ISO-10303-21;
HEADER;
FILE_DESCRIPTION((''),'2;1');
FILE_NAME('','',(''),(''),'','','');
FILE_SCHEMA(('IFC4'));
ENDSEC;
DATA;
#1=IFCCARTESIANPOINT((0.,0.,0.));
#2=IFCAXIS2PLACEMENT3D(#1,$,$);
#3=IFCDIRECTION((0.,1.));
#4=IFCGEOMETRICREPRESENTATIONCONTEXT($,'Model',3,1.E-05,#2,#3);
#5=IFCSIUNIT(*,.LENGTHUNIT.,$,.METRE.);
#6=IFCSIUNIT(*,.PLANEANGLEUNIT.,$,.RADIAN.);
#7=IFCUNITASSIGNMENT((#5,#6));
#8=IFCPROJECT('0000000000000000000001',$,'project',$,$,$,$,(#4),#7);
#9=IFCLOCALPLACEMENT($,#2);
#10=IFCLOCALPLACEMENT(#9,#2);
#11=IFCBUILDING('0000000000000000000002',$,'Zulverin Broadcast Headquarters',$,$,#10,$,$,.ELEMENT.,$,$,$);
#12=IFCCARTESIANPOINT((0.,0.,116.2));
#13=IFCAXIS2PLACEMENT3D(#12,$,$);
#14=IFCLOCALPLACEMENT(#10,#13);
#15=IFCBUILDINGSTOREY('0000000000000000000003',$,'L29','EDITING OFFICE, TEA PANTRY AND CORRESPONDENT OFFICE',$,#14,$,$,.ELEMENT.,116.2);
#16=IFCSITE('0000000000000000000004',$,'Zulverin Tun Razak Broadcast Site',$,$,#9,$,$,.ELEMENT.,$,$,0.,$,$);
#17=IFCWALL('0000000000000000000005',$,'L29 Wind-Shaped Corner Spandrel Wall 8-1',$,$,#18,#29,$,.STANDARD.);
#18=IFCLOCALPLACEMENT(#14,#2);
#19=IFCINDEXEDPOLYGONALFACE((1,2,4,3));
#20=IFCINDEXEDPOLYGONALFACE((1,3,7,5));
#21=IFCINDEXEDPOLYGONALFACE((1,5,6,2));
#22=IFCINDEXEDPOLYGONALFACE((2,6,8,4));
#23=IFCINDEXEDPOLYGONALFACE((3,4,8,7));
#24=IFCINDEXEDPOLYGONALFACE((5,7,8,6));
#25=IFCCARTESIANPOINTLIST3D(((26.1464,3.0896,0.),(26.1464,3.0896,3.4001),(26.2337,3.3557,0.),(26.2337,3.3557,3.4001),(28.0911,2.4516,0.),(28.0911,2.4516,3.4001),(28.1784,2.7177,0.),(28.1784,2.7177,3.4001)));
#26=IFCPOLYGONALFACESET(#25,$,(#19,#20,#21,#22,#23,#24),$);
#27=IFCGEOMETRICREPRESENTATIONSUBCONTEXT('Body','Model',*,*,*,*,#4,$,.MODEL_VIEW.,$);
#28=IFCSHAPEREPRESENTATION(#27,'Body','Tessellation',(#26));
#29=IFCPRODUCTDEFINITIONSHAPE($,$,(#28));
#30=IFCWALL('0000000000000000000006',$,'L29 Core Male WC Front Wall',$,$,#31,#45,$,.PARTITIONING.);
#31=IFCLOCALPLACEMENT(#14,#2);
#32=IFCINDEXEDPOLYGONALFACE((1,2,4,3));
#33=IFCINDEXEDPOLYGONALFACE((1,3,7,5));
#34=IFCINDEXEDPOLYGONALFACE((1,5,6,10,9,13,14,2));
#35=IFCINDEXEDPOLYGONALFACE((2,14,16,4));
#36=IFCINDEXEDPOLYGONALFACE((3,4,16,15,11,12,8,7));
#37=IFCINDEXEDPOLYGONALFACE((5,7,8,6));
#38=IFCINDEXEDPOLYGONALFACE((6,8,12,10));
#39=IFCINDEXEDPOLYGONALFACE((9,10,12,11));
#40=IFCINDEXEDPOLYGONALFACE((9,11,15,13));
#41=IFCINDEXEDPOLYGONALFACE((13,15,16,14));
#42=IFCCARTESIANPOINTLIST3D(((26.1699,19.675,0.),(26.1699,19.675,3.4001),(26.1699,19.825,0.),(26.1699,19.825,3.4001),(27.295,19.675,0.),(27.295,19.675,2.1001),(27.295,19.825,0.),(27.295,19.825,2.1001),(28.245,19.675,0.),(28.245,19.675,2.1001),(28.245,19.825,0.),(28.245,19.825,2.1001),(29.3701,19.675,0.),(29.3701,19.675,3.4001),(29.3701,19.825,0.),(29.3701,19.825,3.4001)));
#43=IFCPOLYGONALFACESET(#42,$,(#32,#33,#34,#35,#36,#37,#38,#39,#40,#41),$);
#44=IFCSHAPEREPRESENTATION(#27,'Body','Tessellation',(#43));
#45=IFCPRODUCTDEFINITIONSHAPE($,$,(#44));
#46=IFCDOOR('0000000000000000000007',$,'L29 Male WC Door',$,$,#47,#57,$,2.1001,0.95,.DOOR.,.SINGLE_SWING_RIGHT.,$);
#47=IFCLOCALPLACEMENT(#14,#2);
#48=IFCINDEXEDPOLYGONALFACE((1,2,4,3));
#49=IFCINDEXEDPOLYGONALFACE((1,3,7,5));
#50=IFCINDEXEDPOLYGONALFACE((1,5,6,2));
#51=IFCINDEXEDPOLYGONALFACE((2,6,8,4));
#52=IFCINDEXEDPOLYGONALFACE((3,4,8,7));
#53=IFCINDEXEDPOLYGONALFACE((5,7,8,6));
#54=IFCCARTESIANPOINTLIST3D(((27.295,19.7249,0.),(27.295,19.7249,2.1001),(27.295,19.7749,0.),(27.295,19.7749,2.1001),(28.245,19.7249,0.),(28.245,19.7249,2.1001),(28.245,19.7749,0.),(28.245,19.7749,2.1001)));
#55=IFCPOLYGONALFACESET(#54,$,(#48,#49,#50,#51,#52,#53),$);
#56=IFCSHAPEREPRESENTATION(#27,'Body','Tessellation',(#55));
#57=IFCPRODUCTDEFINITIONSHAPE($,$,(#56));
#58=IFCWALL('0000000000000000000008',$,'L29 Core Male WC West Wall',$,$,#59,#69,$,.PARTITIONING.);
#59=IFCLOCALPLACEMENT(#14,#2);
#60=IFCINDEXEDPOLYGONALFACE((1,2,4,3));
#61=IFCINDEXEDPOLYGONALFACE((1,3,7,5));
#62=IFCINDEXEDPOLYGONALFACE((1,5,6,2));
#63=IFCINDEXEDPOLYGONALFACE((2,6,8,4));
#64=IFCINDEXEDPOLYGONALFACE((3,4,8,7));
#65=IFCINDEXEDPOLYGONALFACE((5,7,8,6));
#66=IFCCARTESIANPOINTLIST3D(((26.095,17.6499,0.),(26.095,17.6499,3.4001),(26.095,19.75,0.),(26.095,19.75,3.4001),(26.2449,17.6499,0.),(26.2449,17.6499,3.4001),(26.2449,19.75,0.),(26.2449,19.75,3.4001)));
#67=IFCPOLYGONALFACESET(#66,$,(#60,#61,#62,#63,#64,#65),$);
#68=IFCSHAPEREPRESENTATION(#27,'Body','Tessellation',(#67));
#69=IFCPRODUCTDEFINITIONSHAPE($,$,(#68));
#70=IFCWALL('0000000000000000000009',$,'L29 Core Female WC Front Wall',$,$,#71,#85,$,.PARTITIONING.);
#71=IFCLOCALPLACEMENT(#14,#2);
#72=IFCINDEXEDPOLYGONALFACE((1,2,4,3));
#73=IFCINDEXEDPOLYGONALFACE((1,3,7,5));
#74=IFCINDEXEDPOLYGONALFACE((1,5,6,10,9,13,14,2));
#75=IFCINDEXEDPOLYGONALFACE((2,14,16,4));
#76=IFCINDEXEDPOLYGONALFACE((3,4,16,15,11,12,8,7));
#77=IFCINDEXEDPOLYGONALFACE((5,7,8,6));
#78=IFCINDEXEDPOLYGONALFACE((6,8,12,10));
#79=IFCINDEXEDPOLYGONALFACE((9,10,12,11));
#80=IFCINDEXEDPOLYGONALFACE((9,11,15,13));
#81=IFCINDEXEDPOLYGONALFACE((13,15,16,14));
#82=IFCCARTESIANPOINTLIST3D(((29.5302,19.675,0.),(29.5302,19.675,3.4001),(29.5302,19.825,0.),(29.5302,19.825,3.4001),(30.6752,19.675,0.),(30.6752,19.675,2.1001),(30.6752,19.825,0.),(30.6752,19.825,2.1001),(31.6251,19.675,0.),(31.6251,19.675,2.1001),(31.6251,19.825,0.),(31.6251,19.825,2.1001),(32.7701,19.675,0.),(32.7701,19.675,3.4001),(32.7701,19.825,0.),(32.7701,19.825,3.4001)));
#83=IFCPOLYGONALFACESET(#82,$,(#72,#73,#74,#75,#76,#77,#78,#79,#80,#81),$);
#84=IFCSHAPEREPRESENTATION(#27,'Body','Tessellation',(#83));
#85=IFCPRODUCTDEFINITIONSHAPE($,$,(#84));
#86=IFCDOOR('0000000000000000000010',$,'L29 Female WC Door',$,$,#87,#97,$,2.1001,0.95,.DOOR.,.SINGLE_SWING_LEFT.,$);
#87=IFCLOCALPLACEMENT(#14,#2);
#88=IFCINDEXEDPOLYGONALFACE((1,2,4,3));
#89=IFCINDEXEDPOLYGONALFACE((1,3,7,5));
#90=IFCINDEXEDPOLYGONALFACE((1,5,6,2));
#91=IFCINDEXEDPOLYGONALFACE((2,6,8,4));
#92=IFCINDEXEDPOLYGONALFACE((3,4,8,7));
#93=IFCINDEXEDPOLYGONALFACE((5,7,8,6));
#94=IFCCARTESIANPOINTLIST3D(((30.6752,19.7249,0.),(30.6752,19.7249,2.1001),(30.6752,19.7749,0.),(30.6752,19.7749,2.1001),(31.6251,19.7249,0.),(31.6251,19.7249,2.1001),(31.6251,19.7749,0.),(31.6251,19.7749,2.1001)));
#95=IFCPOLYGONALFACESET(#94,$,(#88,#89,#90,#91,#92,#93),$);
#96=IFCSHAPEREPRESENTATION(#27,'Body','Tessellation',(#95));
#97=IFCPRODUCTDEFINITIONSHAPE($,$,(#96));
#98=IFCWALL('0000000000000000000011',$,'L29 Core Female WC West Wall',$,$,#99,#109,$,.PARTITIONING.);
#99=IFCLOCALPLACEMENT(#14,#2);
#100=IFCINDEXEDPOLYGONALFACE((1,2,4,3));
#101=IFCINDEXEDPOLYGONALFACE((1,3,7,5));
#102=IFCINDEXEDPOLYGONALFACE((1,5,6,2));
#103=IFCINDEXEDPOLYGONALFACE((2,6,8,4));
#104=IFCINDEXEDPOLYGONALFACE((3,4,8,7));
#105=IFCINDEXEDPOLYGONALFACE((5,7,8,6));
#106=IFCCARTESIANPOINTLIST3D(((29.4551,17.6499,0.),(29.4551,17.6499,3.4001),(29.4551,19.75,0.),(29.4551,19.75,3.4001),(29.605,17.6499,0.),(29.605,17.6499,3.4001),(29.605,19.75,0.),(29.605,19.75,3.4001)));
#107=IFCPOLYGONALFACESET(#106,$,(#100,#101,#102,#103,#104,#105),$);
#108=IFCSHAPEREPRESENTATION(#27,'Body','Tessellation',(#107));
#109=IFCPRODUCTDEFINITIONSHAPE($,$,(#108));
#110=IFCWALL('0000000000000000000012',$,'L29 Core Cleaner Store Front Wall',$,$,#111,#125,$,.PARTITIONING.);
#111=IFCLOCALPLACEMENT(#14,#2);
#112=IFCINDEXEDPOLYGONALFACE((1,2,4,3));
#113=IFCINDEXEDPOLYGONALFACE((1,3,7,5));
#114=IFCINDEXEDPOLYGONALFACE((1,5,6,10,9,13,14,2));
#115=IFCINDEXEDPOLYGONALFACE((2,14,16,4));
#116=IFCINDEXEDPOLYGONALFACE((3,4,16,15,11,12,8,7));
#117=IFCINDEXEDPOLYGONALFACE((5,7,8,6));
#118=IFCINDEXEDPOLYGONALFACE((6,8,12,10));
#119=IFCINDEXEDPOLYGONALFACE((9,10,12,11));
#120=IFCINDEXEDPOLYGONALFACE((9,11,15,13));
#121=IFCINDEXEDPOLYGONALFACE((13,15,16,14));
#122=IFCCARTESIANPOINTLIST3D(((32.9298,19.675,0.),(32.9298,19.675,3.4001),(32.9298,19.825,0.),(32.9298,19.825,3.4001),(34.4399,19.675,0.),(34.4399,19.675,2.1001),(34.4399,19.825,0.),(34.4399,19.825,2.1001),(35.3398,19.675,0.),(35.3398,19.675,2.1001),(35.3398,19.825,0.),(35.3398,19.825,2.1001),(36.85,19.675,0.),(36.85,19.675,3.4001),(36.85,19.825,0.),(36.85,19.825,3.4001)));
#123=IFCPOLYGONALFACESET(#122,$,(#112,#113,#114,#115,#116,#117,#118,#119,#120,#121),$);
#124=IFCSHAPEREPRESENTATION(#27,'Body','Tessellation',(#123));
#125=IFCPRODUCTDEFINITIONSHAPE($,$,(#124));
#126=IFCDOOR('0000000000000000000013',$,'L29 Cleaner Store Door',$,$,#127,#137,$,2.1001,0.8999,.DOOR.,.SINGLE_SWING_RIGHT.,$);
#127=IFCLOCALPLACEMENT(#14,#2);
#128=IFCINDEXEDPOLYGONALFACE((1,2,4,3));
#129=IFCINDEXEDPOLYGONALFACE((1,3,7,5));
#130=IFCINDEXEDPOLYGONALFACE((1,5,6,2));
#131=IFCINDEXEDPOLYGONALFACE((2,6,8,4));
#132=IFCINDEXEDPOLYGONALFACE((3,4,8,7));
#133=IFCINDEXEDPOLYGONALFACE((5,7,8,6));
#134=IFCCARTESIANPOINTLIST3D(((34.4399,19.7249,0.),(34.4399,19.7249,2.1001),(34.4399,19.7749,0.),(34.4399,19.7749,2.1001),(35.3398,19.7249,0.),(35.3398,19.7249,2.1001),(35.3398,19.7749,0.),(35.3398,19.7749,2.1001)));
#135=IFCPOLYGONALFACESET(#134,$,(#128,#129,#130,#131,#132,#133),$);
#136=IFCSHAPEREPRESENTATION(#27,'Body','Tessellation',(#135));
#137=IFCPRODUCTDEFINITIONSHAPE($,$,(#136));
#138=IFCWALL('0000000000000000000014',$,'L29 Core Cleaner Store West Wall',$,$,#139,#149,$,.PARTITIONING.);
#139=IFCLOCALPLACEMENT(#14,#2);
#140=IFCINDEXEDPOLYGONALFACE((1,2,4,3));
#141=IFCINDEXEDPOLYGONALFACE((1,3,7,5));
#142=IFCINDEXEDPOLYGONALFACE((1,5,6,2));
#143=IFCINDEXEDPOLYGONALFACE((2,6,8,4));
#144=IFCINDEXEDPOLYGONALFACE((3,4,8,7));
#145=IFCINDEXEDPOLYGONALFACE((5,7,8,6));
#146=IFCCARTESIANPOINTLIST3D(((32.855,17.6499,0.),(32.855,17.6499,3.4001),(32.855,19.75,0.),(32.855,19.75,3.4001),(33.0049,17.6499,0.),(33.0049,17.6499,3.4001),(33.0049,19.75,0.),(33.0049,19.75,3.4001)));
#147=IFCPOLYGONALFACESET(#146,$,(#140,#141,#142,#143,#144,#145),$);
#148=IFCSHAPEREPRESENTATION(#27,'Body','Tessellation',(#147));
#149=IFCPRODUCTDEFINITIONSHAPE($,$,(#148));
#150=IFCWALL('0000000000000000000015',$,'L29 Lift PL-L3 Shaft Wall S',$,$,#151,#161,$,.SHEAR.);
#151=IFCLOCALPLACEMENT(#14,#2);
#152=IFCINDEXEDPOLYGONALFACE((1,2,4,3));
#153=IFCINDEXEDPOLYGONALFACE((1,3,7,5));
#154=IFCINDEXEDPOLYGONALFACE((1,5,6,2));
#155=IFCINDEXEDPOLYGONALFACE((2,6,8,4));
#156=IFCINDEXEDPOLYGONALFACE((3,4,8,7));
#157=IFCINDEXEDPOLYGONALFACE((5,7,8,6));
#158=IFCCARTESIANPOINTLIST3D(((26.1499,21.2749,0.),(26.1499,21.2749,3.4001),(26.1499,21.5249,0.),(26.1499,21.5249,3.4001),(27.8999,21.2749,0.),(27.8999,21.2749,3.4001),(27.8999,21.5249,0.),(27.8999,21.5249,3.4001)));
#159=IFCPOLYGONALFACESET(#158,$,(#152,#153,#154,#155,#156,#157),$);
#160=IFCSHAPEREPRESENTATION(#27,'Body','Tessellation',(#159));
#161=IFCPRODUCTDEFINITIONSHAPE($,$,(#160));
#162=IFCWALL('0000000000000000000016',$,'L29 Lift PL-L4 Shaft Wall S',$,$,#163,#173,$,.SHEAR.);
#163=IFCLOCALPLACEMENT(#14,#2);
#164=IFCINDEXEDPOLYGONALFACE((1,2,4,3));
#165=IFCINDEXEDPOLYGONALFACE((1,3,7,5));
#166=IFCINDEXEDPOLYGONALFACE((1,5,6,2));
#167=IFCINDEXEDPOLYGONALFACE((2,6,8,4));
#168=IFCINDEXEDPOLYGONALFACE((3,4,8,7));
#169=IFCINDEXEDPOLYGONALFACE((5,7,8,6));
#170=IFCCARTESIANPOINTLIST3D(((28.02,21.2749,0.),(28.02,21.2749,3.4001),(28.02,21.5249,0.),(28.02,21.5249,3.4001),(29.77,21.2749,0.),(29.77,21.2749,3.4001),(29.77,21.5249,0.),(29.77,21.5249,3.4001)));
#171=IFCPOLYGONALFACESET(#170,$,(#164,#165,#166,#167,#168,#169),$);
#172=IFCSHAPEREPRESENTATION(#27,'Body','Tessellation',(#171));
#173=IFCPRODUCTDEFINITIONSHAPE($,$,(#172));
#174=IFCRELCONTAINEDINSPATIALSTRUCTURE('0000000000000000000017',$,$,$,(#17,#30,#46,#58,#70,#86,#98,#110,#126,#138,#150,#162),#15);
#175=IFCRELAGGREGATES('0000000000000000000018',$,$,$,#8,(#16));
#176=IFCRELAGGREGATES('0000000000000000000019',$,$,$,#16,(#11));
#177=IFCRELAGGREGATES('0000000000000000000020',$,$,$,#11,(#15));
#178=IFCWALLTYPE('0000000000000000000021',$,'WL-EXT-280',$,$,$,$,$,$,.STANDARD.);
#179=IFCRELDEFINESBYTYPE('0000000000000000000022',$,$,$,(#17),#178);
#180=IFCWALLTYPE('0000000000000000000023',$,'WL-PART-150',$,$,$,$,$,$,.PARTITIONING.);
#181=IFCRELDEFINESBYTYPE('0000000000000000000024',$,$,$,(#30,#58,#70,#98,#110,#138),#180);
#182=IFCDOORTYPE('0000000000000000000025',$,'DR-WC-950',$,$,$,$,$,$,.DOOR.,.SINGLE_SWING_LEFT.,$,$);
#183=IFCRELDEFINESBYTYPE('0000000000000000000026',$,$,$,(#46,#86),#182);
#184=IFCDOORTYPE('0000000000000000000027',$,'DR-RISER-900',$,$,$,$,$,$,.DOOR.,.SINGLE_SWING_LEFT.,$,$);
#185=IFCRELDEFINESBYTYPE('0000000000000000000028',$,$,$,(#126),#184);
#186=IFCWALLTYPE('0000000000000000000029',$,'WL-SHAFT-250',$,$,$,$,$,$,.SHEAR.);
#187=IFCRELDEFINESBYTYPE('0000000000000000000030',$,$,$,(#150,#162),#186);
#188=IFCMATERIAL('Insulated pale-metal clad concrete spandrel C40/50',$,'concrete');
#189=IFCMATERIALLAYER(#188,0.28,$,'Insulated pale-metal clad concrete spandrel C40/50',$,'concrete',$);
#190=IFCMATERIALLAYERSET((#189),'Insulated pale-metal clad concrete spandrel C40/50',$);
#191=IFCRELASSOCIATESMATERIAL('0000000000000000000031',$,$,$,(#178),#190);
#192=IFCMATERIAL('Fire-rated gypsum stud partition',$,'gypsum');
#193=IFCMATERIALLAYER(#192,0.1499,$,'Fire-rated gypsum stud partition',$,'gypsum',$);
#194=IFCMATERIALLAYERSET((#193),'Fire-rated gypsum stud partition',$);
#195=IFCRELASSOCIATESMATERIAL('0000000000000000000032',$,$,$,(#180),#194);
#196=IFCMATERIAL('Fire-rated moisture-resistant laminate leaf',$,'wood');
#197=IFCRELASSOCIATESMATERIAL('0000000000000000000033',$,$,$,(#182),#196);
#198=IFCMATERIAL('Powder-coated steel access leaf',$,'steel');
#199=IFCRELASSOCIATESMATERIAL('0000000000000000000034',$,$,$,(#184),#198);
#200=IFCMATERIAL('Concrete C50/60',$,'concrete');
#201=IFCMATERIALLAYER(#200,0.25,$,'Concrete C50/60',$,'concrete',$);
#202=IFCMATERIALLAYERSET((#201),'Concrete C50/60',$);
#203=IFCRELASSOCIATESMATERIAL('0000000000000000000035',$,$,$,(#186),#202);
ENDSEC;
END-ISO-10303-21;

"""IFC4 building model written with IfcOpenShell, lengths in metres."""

from ifc_helpers import new_model, si_unit, direction, frame, frame_2d, origin, place, context, subcontext, project, spatial, rectangle, extrude, material, layer, layer_set, type_object, element, fill, save


model = new_model("IFC4")

# Units and contexts
model_context = context("Model", 3, precision=1e-05, world=origin(), true_north=direction((0.0, 1.0)))
body_context = subcontext(model_context, "Body", "Model", "MODEL_VIEW")
ifc_project = project(units=[si_unit("LENGTHUNIT", "METRE"), si_unit("PLANEANGLEUNIT", "RADIAN")], contexts=[model_context])

# Site, building, storey
site_placement = place(None, origin())
site = spatial("IfcSite", under=ifc_project, at=site_placement, Name="Zulverin Tun Razak Broadcast Site", CompositionType="ELEMENT", RefElevation=0.0)
building_placement = place(site_placement, origin())
building = spatial("IfcBuilding", under=site, at=building_placement, Name="Zulverin Broadcast Headquarters", CompositionType="ELEMENT")
storey_placement = place(building_placement, frame((0.0, 0.0, 116.2)))
storey = spatial("IfcBuildingStorey", under=building, at=storey_placement, Name="L29", Description="EDITING OFFICE, TEA PANTRY AND CORRESPONDENT OFFICE", CompositionType="ELEMENT", Elevation=116.2)

# Wall
ifc_material_1 = material(Name="Insulated pale-metal clad concrete spandrel C40/50", Category="concrete")
ifc_layer_1 = layer(ifc_material_1, 0.28, Name="Insulated pale-metal clad concrete spandrel C40/50", Category="concrete")
ifc_layer_set_1 = layer_set([ifc_layer_1], Name="Insulated pale-metal clad concrete spandrel C40/50")
wall_type_1 = type_object("IfcWallType", Name="WL-EXT-280", PredefinedType="STANDARD", material=ifc_layer_set_1)
wall_1_placement = place(storey_placement, frame((26.1899, 3.2227, 0.0), z_axis=(0.0, 0.0, 1.0), x_axis=(0.950176, -0.311715, 0.0)))
element("IfcWall", 1, at=wall_1_placement, inside=storey, type_object=wall_type_1, Name="L29 Wind-Shaped Corner Spandrel Wall 8-1", PredefinedType="STANDARD", context=body_context, shape_type="SweptSolid", body=[
    extrude(rectangle(XDim=2.0466, YDim=0.28, at=frame_2d((1.0234, 0.0))), origin(), (0.0, 0.0, 1.0), 3.4001),
])

# Wall, opening, door
ifc_material_2 = material(Name="Fire-rated gypsum stud partition", Category="gypsum")
ifc_layer_2 = layer(ifc_material_2, 0.1499, Name="Fire-rated gypsum stud partition", Category="gypsum")
ifc_layer_set_2 = layer_set([ifc_layer_2], Name="Fire-rated gypsum stud partition")
wall_type_2 = type_object("IfcWallType", Name="WL-PART-150", PredefinedType="PARTITIONING", material=ifc_layer_set_2)
wall_2_placement = place(storey_placement, frame((26.1699, 19.75, 0.0), z_axis=(0.0, 0.0, 1.0), x_axis=(1.0, 0.0, 0.0)))
wall_2 = element("IfcWall", 2, at=wall_2_placement, inside=storey, type_object=wall_type_2, Name="L29 Core Male WC Front Wall", PredefinedType="PARTITIONING", context=body_context, shape_type="SweptSolid", body=[
    extrude(rectangle(XDim=3.2002, YDim=0.1499, at=frame_2d((1.6001, 0.0))), origin(), (0.0, 0.0, 1.0), 3.4001),
])
opening_1_placement = place(wall_2_placement, frame((1.125, 0.0, 0.0)))
opening_1 = element("IfcOpeningElement", 3, at=opening_1_placement, cuts=wall_2, PredefinedType="OPENING", context=body_context, shape_type="SweptSolid", body=[
    extrude(rectangle(XDim=0.95, YDim=2.1001, at=frame_2d((0.4751, 1.05))), frame((0.0, 0.085, 0.0), z_axis=(0.0, -1.0, 0.0), x_axis=(1.0, 0.0, 0.0)), (0.0, 0.0, 1.0), 0.1699),
])
ifc_material_3 = material(Name="Fire-rated moisture-resistant laminate leaf", Category="wood")
door_type_1 = type_object("IfcDoorType", Name="DR-WC-950", OperationType="SINGLE_SWING_LEFT", PredefinedType="DOOR", material=ifc_material_3)
door_1_placement = place(opening_1_placement, origin())
door_1 = element("IfcDoor", 4, at=door_1_placement, inside=storey, type_object=door_type_1, Name="L29 Male WC Door", OperationType="SINGLE_SWING_RIGHT", OverallHeight=2.1001, OverallWidth=0.95, PredefinedType="DOOR", context=body_context, shape_type="SweptSolid", body=[
    extrude(rectangle(XDim=0.95, YDim=2.1001, at=frame_2d((0.4751, 1.05))), frame((0.0, 0.0249, 0.0), z_axis=(0.0, -1.0, 0.0), x_axis=(1.0, 0.0, 0.0)), (0.0, 0.0, 1.0), 0.05),
])
fill(opening_1, door_1)

# Wall
wall_3_placement = place(storey_placement, frame((26.1699, 17.6499, 0.0), z_axis=(0.0, 0.0, 1.0), x_axis=(0.0, 1.0, 0.0)))
element("IfcWall", 5, at=wall_3_placement, inside=storey, type_object=wall_type_2, Name="L29 Core Male WC West Wall", PredefinedType="PARTITIONING", context=body_context, shape_type="SweptSolid", body=[
    extrude(rectangle(XDim=2.1001, YDim=0.1499, at=frame_2d((1.05, 0.0))), origin(), (0.0, 0.0, 1.0), 3.4001),
])

# Wall, opening, door
wall_4_placement = place(storey_placement, frame((29.53, 19.75, 0.0), z_axis=(0.0, 0.0, 1.0), x_axis=(1.0, 0.0, 0.0)))
wall_4 = element("IfcWall", 6, at=wall_4_placement, inside=storey, type_object=wall_type_2, Name="L29 Core Female WC Front Wall", PredefinedType="PARTITIONING", context=body_context, shape_type="SweptSolid", body=[
    extrude(rectangle(XDim=3.24, YDim=0.1499, at=frame_2d((1.6201, 0.0))), origin(), (0.0, 0.0, 1.0), 3.4001),
])
opening_2_placement = place(wall_4_placement, frame((1.145, 0.0, 0.0)))
opening_2 = element("IfcOpeningElement", 7, at=opening_2_placement, cuts=wall_4, PredefinedType="OPENING", context=body_context, shape_type="SweptSolid", body=[
    extrude(rectangle(XDim=0.95, YDim=2.1001, at=frame_2d((0.4751, 1.05))), frame((0.0, 0.085, 0.0), z_axis=(0.0, -1.0, 0.0), x_axis=(1.0, 0.0, 0.0)), (0.0, 0.0, 1.0), 0.1699),
])
door_2_placement = place(opening_2_placement, origin())
door_2 = element("IfcDoor", 8, at=door_2_placement, inside=storey, type_object=door_type_1, Name="L29 Female WC Door", OperationType="SINGLE_SWING_LEFT", OverallHeight=2.1001, OverallWidth=0.95, PredefinedType="DOOR", context=body_context, shape_type="SweptSolid", body=[
    extrude(rectangle(XDim=0.95, YDim=2.1001, at=frame_2d((0.4751, 1.05))), frame((0.0, 0.0249, 0.0), z_axis=(0.0, -1.0, 0.0), x_axis=(1.0, 0.0, 0.0)), (0.0, 0.0, 1.0), 0.05),
])
fill(opening_2, door_2)

# Wall
wall_5_placement = place(storey_placement, frame((29.53, 17.6499, 0.0), z_axis=(0.0, 0.0, 1.0), x_axis=(0.0, 1.0, 0.0)))
element("IfcWall", 9, at=wall_5_placement, inside=storey, type_object=wall_type_2, Name="L29 Core Female WC West Wall", PredefinedType="PARTITIONING", context=body_context, shape_type="SweptSolid", body=[
    extrude(rectangle(XDim=2.1001, YDim=0.1499, at=frame_2d((1.05, 0.0))), origin(), (0.0, 0.0, 1.0), 3.4001),
])

# Wall, opening, door
wall_6_placement = place(storey_placement, frame((32.9299, 19.75, 0.0), z_axis=(0.0, 0.0, 1.0), x_axis=(1.0, 0.0, 0.0)))
wall_6 = element("IfcWall", 10, at=wall_6_placement, inside=storey, type_object=wall_type_2, Name="L29 Core Cleaner Store Front Wall", PredefinedType="PARTITIONING", context=body_context, shape_type="SweptSolid", body=[
    extrude(rectangle(XDim=3.9202, YDim=0.1499, at=frame_2d((1.96, 0.0))), origin(), (0.0, 0.0, 1.0), 3.4001),
])
opening_3_placement = place(wall_6_placement, frame((1.51, 0.0, 0.0)))
opening_3 = element("IfcOpeningElement", 11, at=opening_3_placement, cuts=wall_6, PredefinedType="OPENING", context=body_context, shape_type="SweptSolid", body=[
    extrude(rectangle(XDim=0.8999, YDim=2.1001, at=frame_2d((0.45, 1.05))), frame((0.0, 0.085, 0.0), z_axis=(0.0, -1.0, 0.0), x_axis=(1.0, 0.0, 0.0)), (0.0, 0.0, 1.0), 0.1699),
])
ifc_material_4 = material(Name="Powder-coated steel access leaf", Category="steel")
door_type_2 = type_object("IfcDoorType", Name="DR-RISER-900", OperationType="SINGLE_SWING_LEFT", PredefinedType="DOOR", material=ifc_material_4)
door_3_placement = place(opening_3_placement, origin())
door_3 = element("IfcDoor", 12, at=door_3_placement, inside=storey, type_object=door_type_2, Name="L29 Cleaner Store Door", OperationType="SINGLE_SWING_RIGHT", OverallHeight=2.1001, OverallWidth=0.8999, PredefinedType="DOOR", context=body_context, shape_type="SweptSolid", body=[
    extrude(rectangle(XDim=0.8999, YDim=2.1001, at=frame_2d((0.45, 1.05))), frame((0.0, 0.0249, 0.0), z_axis=(0.0, -1.0, 0.0), x_axis=(1.0, 0.0, 0.0)), (0.0, 0.0, 1.0), 0.05),
])
fill(opening_3, door_3)

# Walls
wall_7_placement = place(storey_placement, frame((32.9299, 17.6499, 0.0), z_axis=(0.0, 0.0, 1.0), x_axis=(0.0, 1.0, 0.0)))
element("IfcWall", 13, at=wall_7_placement, inside=storey, type_object=wall_type_2, Name="L29 Core Cleaner Store West Wall", PredefinedType="PARTITIONING", context=body_context, shape_type="SweptSolid", body=[
    extrude(rectangle(XDim=2.1001, YDim=0.1499, at=frame_2d((1.05, 0.0))), origin(), (0.0, 0.0, 1.0), 3.4001),
])
ifc_material_5 = material(Name="Concrete C50/60", Category="concrete")
ifc_layer_3 = layer(ifc_material_5, 0.25, Name="Concrete C50/60", Category="concrete")
ifc_layer_set_3 = layer_set([ifc_layer_3], Name="Concrete C50/60")
wall_type_3 = type_object("IfcWallType", Name="WL-SHAFT-250", PredefinedType="SHEAR", material=ifc_layer_set_3)
for number, where, z_axis, x_axis, name in (
    (14, (26.1499, 21.3999, 0.0), (0.0, 0.0, 1.0), (1.0, 0.0, 0.0), "L29 Lift PL-L3 Shaft Wall S"),
    (15, (28.02, 21.3999, 0.0), (0.0, 0.0, 1.0), (1.0, 0.0, 0.0), "L29 Lift PL-L4 Shaft Wall S"),
):
    element("IfcWall", number, at=place(storey_placement, frame(where, z_axis=z_axis, x_axis=x_axis)), inside=storey, type_object=wall_type_3, Name=name, PredefinedType="SHEAR", context=body_context, shape_type="SweptSolid", body=[
        extrude(rectangle(XDim=1.75, YDim=0.25, at=frame_2d((0.875, 0.0))), origin(), (0.0, 0.0, 1.0), 3.4001),
    ])

save(model, "model.ifc")
